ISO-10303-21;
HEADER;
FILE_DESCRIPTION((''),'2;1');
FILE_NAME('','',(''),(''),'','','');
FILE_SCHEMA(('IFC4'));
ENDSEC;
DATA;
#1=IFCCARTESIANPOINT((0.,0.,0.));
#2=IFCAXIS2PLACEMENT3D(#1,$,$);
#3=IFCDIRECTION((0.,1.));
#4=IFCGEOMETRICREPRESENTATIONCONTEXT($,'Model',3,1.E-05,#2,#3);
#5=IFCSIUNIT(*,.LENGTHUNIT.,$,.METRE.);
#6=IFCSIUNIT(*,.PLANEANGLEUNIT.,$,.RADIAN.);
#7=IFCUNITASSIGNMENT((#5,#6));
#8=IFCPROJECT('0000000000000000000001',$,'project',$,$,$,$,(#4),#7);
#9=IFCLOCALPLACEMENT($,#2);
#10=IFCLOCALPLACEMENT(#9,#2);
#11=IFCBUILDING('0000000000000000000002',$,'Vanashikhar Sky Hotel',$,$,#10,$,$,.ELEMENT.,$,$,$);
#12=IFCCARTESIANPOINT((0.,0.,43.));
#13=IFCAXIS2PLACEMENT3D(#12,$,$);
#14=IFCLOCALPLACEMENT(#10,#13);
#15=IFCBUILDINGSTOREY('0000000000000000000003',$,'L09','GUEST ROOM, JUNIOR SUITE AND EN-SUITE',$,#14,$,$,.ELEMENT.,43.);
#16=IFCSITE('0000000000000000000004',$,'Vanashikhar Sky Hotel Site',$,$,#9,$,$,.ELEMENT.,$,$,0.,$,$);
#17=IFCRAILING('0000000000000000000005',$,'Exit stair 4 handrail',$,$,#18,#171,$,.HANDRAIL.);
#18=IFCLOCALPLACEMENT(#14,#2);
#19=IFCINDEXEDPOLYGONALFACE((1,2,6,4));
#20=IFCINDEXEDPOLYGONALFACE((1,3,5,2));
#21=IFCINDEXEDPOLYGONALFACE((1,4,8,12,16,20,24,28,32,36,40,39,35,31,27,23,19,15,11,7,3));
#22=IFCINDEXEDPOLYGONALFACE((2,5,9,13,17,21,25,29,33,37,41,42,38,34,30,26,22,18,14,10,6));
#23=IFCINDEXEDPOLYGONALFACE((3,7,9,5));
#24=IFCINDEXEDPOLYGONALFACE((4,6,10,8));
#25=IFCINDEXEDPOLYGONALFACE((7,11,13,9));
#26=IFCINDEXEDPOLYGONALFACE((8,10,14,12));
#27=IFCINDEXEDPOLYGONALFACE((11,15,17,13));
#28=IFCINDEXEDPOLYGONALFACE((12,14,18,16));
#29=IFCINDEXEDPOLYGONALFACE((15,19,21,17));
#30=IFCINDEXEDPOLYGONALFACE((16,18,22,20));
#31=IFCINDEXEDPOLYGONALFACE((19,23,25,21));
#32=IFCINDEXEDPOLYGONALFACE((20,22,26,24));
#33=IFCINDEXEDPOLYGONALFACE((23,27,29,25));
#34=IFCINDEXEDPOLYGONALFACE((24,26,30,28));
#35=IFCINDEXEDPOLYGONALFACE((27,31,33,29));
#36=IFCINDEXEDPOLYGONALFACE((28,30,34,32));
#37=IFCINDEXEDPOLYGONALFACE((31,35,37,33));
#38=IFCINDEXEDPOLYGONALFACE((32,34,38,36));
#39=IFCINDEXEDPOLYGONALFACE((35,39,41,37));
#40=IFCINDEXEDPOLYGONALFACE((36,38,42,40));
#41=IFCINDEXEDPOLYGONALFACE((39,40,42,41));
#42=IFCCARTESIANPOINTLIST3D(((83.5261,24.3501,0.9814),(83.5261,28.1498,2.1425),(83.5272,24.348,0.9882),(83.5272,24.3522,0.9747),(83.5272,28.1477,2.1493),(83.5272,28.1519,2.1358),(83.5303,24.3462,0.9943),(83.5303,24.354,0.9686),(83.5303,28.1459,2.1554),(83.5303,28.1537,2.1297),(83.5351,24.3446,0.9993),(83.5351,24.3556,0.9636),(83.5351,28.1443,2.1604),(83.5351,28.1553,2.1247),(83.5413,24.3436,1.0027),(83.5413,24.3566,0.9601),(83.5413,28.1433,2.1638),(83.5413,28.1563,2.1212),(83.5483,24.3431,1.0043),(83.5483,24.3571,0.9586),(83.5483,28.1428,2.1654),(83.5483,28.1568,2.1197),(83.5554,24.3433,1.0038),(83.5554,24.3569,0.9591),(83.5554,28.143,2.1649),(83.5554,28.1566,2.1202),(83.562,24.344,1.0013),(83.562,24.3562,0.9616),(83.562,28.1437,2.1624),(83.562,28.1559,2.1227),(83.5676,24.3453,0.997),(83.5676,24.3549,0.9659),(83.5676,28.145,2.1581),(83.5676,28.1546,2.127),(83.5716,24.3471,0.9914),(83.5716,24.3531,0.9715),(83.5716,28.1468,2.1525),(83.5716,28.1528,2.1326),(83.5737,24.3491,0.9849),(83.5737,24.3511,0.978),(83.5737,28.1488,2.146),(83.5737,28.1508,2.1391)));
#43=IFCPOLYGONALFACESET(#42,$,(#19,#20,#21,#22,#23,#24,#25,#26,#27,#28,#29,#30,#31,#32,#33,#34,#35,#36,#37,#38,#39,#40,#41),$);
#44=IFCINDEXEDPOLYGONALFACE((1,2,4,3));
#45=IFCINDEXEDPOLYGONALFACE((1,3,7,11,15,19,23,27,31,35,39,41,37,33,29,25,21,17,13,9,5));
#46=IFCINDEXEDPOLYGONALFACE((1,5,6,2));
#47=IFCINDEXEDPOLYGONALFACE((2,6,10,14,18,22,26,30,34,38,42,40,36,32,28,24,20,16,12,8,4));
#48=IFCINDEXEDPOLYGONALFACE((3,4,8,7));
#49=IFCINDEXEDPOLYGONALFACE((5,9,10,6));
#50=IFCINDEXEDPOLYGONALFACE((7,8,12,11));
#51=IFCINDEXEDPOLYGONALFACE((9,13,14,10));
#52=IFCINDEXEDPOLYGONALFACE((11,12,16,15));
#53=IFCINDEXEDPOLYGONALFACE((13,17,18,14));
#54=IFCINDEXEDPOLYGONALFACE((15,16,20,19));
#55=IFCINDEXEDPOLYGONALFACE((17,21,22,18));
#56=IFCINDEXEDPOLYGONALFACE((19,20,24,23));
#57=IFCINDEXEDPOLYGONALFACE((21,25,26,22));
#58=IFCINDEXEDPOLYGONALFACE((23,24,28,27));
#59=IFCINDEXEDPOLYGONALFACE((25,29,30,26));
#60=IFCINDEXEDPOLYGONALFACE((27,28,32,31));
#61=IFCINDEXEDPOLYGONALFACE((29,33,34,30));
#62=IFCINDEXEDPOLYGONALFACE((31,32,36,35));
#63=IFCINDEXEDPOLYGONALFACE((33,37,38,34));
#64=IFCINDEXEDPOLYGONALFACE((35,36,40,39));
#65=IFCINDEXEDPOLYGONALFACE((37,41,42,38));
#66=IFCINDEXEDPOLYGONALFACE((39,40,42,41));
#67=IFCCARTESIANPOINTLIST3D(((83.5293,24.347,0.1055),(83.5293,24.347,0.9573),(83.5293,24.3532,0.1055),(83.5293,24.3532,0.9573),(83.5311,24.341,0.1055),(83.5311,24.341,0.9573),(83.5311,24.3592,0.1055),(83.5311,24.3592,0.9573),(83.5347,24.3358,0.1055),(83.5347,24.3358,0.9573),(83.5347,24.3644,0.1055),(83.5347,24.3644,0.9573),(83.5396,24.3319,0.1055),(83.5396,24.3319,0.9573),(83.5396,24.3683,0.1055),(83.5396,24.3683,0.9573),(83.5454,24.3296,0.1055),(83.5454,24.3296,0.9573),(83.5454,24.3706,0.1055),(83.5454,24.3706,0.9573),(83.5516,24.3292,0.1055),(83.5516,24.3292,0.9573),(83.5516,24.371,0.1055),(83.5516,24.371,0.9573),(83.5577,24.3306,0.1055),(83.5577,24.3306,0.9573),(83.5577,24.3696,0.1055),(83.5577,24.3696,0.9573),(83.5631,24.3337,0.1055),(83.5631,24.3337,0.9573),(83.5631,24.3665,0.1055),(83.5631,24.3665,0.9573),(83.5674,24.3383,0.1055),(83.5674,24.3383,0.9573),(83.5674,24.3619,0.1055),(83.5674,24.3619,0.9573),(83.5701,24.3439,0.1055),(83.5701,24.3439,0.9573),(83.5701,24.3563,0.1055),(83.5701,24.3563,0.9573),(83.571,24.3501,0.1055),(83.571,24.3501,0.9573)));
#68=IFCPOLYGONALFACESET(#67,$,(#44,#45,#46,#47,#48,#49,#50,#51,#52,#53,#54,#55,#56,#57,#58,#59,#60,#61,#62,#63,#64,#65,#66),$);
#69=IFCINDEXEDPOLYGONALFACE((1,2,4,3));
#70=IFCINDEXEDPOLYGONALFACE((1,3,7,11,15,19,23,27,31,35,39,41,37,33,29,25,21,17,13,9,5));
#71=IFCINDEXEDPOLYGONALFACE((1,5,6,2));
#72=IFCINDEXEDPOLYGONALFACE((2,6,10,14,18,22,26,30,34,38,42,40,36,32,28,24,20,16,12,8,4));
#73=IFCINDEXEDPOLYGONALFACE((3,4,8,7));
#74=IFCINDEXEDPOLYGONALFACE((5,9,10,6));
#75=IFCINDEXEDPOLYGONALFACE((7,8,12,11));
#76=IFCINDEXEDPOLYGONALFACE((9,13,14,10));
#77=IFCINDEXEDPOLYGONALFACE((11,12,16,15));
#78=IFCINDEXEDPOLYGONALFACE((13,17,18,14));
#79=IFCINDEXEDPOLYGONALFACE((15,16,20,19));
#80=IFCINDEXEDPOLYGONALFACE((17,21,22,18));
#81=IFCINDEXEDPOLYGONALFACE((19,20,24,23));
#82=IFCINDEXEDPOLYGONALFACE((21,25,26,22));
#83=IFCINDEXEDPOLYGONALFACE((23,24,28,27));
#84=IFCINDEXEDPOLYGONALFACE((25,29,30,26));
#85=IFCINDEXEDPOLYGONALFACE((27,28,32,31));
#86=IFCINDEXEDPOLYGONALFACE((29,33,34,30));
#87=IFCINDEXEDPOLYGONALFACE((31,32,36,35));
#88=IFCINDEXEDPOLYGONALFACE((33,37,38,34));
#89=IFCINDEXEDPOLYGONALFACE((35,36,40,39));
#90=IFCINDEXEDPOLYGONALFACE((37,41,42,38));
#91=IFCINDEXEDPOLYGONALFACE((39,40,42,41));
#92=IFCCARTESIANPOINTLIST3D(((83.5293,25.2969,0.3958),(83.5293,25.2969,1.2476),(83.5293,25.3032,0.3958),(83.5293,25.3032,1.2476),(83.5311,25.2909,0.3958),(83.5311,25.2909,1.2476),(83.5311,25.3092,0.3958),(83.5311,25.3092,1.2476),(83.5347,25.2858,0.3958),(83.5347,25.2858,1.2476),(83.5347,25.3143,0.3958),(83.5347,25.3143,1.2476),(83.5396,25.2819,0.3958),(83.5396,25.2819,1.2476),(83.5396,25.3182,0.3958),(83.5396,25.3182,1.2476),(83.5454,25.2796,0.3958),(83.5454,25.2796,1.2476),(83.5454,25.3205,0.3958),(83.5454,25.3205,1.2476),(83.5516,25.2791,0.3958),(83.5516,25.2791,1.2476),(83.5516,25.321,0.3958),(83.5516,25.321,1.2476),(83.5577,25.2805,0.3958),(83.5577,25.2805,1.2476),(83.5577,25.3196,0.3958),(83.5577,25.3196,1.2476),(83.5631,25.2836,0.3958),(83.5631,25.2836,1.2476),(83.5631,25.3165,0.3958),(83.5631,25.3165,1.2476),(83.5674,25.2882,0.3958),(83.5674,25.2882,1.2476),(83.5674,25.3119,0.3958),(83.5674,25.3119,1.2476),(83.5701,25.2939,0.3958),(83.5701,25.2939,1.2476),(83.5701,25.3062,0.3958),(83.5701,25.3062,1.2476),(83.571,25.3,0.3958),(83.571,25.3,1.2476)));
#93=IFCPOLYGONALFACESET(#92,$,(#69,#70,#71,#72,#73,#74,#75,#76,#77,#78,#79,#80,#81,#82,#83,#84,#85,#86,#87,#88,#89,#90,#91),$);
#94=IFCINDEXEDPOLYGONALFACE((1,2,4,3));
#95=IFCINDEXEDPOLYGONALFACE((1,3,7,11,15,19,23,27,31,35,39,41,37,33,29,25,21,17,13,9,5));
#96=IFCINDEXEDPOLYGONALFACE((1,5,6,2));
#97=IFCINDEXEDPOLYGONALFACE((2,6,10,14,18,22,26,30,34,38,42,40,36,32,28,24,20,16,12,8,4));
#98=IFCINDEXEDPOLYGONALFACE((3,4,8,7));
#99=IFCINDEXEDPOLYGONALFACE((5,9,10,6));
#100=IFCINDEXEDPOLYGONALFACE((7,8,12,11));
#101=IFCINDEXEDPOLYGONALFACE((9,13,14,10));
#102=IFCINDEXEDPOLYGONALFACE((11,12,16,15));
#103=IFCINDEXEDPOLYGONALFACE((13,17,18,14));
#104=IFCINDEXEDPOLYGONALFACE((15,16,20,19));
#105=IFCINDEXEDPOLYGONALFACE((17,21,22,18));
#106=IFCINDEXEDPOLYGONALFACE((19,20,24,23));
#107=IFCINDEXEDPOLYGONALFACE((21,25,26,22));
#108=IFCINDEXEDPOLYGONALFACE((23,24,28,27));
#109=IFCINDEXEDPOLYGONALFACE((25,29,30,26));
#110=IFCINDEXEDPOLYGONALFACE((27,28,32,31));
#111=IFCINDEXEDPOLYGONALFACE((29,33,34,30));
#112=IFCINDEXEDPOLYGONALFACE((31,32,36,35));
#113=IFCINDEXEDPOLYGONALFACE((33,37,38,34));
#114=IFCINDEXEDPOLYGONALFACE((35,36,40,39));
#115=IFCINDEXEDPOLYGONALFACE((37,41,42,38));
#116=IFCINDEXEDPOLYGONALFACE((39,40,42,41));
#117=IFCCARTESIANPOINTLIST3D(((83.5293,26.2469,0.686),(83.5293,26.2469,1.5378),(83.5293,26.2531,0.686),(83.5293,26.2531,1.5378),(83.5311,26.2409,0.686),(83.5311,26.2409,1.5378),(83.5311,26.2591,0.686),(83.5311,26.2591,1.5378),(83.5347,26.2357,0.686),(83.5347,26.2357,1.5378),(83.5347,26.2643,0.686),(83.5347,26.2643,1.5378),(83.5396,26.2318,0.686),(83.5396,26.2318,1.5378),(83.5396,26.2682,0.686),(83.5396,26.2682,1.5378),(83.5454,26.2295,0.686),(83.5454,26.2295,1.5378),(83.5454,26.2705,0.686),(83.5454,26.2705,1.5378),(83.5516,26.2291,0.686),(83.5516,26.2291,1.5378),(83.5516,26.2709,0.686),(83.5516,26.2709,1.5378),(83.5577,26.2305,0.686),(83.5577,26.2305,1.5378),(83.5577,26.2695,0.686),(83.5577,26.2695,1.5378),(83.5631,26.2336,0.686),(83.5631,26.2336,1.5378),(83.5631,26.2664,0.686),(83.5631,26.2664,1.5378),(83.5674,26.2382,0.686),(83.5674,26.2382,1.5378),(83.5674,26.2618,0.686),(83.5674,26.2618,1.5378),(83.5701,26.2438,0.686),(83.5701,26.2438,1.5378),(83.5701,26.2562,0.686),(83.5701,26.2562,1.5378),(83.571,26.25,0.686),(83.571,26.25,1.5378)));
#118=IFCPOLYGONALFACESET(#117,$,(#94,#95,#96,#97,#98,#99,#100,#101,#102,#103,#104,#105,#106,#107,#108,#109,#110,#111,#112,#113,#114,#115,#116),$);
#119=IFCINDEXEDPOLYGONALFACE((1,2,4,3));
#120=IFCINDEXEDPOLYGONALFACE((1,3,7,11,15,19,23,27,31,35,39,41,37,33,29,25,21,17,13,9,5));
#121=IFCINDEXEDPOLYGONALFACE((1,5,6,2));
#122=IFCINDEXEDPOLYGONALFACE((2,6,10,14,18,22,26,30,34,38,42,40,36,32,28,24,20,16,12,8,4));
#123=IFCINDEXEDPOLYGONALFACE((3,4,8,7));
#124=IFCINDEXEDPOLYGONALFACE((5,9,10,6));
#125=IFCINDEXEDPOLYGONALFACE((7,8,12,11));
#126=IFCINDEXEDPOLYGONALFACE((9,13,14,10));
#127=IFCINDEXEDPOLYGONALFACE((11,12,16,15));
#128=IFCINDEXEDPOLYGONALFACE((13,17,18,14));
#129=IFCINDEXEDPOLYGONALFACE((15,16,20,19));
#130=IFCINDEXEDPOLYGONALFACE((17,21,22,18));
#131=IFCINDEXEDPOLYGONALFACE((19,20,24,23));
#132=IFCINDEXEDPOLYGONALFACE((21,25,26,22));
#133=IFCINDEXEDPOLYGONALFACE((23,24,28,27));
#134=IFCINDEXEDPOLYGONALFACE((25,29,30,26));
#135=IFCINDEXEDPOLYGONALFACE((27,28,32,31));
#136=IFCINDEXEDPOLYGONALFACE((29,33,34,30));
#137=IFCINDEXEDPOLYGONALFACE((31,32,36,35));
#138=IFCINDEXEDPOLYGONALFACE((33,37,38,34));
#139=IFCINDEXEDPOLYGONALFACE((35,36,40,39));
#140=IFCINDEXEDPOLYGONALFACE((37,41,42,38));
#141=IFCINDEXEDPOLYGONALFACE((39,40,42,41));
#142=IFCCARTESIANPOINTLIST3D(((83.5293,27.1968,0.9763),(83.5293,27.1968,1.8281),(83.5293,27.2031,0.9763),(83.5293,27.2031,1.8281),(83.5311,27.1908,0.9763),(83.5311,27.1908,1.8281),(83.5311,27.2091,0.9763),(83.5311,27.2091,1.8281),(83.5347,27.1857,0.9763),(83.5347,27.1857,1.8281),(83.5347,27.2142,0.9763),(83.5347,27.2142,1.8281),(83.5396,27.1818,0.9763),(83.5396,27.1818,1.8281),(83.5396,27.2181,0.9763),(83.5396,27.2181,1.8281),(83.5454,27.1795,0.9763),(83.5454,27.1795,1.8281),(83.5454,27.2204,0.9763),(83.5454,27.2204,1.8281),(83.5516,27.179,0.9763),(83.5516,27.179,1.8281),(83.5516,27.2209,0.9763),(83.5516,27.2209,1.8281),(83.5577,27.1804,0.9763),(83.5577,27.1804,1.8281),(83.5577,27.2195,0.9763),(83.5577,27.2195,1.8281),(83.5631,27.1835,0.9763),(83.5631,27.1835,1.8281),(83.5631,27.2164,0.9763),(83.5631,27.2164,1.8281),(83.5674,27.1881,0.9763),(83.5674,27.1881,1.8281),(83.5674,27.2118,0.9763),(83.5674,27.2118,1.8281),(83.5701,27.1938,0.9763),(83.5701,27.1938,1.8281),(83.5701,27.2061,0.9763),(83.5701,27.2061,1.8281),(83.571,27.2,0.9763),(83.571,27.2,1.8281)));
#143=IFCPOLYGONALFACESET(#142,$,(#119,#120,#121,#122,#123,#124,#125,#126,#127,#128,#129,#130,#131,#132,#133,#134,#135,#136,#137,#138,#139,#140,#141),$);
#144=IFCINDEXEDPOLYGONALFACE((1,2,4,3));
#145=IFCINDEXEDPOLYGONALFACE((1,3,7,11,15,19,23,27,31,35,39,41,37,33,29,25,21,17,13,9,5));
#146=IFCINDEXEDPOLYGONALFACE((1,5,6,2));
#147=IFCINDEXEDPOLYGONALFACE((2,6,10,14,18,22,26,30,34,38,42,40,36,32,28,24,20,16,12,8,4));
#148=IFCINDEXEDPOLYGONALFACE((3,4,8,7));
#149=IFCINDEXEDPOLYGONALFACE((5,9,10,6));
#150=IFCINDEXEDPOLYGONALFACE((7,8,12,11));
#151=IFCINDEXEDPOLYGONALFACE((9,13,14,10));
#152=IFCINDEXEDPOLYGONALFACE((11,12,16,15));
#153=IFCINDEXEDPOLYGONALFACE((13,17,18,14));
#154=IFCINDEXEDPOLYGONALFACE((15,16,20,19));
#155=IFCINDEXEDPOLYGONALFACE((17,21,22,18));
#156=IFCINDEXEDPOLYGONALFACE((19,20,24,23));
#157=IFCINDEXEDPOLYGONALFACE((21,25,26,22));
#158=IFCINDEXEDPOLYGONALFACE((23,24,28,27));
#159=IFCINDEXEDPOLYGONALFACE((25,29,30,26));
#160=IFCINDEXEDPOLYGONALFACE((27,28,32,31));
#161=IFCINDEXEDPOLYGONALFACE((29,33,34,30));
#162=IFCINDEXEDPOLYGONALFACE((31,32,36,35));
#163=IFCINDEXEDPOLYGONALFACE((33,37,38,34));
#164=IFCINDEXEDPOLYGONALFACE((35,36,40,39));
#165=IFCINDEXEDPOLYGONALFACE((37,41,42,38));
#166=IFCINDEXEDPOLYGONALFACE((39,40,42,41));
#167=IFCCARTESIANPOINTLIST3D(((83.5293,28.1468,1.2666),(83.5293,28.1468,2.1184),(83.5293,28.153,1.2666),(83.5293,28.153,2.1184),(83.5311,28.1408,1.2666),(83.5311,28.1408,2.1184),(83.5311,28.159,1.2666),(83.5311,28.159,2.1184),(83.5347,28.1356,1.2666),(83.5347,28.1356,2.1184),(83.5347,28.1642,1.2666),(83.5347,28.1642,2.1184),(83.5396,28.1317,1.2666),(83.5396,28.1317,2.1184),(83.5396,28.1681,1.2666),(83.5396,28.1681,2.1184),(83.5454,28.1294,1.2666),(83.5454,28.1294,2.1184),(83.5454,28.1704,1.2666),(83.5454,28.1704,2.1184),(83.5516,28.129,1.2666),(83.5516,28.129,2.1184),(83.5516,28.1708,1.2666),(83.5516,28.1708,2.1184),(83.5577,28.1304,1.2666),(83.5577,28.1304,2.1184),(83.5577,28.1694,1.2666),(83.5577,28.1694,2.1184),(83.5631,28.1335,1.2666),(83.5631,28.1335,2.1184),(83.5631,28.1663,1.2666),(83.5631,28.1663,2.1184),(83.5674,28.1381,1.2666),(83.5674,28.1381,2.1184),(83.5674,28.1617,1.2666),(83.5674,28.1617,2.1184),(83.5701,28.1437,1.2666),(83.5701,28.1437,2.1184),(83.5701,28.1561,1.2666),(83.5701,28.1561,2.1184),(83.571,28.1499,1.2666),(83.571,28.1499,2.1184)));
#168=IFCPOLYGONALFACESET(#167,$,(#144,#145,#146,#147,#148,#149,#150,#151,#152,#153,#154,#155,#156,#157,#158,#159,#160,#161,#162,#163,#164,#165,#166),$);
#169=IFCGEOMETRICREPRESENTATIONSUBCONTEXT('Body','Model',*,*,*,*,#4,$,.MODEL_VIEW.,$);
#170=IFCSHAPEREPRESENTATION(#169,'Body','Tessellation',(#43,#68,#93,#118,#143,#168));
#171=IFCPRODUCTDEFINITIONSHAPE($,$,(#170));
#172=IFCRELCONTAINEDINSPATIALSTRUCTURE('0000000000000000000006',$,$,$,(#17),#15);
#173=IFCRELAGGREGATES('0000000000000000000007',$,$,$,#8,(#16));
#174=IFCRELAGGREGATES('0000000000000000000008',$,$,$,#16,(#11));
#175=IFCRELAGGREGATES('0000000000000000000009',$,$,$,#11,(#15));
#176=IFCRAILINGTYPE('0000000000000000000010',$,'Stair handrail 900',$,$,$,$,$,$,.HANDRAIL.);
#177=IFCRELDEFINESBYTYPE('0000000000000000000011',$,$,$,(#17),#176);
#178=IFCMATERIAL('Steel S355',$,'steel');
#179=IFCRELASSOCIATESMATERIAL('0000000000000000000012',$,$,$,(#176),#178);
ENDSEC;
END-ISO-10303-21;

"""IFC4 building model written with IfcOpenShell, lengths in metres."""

from ifc_helpers import new_model, si_unit, direction, frame, origin, origin_2d, place, context, subcontext, project, spatial, circle, extrude, source, transform, mapped, material, type_object, element, save


model = new_model("IFC4")

# Units and contexts
model_context = context("Model", 3, precision=1e-05, world=origin(), true_north=direction((0.0, 1.0)))
body_context = subcontext(model_context, "Body", "Model", "MODEL_VIEW")
ifc_project = project(units=[si_unit("LENGTHUNIT", "METRE"), si_unit("PLANEANGLEUNIT", "RADIAN")], contexts=[model_context])

# Site, building, storey
site_placement = place(None, origin())
site = spatial("IfcSite", under=ifc_project, at=site_placement, Name="Vanashikhar Sky Hotel Site", CompositionType="ELEMENT", RefElevation=0.0)
building_placement = place(site_placement, origin())
building = spatial("IfcBuilding", under=site, at=building_placement, Name="Vanashikhar Sky Hotel", CompositionType="ELEMENT")
storey_placement = place(building_placement, frame((0.0, 0.0, 43.0)))
storey = spatial("IfcBuildingStorey", under=building, at=storey_placement, Name="L09", Description="GUEST ROOM, JUNIOR SUITE AND EN-SUITE", CompositionType="ELEMENT", Elevation=43.0)

# Railing
ifc_material_1 = material(Name="Steel S355", Category="steel")
railing_type_1 = type_object("IfcRailingType", Name="Stair handrail 900", PredefinedType="HANDRAIL", material=ifc_material_1)
shared_shape_1 = source(origin(), body_context, "Body", "SweptSolid", [
    extrude(circle(Radius=0.0239, at=origin_2d()), frame((0.0, 0.0, 0.876), z_axis=(0.0, 0.956346, 0.292237), x_axis=(-1.0, 0.0, 0.0)), (0.0, 0.0, 1.0), 3.9731),
    extrude(circle(Radius=0.021, at=origin_2d()), origin(), (0.0, 0.0, 1.0), 0.8518),
    extrude(circle(Radius=0.021, at=origin_2d()), frame((0.0, 0.95, 0.2903)), (0.0, 0.0, 1.0), 0.8518),
    extrude(circle(Radius=0.021, at=origin_2d()), frame((0.0, 1.8999, 0.5806)), (0.0, 0.0, 1.0), 0.8518),
    extrude(circle(Radius=0.021, at=origin_2d()), frame((0.0, 2.8499, 0.8708)), (0.0, 0.0, 1.0), 0.8518),
    extrude(circle(Radius=0.021, at=origin_2d()), frame((0.0, 3.7998, 1.1611)), (0.0, 0.0, 1.0), 0.8518),
])
for number, where, name in (
    (1, (83.55, 24.3501, 0.1055), "Exit stair 4 handrail"),
):
    element("IfcRailing", number, at=place(storey_placement, frame(where)), inside=storey, type_object=railing_type_1, Name=name, PredefinedType="HANDRAIL", context=body_context, shape_type="MappedRepresentation", body=[
        mapped(shared_shape_1, transform((0.0, 0.0, 0.0), scale=1.0)),
    ])

save(model, "model.ifc")
